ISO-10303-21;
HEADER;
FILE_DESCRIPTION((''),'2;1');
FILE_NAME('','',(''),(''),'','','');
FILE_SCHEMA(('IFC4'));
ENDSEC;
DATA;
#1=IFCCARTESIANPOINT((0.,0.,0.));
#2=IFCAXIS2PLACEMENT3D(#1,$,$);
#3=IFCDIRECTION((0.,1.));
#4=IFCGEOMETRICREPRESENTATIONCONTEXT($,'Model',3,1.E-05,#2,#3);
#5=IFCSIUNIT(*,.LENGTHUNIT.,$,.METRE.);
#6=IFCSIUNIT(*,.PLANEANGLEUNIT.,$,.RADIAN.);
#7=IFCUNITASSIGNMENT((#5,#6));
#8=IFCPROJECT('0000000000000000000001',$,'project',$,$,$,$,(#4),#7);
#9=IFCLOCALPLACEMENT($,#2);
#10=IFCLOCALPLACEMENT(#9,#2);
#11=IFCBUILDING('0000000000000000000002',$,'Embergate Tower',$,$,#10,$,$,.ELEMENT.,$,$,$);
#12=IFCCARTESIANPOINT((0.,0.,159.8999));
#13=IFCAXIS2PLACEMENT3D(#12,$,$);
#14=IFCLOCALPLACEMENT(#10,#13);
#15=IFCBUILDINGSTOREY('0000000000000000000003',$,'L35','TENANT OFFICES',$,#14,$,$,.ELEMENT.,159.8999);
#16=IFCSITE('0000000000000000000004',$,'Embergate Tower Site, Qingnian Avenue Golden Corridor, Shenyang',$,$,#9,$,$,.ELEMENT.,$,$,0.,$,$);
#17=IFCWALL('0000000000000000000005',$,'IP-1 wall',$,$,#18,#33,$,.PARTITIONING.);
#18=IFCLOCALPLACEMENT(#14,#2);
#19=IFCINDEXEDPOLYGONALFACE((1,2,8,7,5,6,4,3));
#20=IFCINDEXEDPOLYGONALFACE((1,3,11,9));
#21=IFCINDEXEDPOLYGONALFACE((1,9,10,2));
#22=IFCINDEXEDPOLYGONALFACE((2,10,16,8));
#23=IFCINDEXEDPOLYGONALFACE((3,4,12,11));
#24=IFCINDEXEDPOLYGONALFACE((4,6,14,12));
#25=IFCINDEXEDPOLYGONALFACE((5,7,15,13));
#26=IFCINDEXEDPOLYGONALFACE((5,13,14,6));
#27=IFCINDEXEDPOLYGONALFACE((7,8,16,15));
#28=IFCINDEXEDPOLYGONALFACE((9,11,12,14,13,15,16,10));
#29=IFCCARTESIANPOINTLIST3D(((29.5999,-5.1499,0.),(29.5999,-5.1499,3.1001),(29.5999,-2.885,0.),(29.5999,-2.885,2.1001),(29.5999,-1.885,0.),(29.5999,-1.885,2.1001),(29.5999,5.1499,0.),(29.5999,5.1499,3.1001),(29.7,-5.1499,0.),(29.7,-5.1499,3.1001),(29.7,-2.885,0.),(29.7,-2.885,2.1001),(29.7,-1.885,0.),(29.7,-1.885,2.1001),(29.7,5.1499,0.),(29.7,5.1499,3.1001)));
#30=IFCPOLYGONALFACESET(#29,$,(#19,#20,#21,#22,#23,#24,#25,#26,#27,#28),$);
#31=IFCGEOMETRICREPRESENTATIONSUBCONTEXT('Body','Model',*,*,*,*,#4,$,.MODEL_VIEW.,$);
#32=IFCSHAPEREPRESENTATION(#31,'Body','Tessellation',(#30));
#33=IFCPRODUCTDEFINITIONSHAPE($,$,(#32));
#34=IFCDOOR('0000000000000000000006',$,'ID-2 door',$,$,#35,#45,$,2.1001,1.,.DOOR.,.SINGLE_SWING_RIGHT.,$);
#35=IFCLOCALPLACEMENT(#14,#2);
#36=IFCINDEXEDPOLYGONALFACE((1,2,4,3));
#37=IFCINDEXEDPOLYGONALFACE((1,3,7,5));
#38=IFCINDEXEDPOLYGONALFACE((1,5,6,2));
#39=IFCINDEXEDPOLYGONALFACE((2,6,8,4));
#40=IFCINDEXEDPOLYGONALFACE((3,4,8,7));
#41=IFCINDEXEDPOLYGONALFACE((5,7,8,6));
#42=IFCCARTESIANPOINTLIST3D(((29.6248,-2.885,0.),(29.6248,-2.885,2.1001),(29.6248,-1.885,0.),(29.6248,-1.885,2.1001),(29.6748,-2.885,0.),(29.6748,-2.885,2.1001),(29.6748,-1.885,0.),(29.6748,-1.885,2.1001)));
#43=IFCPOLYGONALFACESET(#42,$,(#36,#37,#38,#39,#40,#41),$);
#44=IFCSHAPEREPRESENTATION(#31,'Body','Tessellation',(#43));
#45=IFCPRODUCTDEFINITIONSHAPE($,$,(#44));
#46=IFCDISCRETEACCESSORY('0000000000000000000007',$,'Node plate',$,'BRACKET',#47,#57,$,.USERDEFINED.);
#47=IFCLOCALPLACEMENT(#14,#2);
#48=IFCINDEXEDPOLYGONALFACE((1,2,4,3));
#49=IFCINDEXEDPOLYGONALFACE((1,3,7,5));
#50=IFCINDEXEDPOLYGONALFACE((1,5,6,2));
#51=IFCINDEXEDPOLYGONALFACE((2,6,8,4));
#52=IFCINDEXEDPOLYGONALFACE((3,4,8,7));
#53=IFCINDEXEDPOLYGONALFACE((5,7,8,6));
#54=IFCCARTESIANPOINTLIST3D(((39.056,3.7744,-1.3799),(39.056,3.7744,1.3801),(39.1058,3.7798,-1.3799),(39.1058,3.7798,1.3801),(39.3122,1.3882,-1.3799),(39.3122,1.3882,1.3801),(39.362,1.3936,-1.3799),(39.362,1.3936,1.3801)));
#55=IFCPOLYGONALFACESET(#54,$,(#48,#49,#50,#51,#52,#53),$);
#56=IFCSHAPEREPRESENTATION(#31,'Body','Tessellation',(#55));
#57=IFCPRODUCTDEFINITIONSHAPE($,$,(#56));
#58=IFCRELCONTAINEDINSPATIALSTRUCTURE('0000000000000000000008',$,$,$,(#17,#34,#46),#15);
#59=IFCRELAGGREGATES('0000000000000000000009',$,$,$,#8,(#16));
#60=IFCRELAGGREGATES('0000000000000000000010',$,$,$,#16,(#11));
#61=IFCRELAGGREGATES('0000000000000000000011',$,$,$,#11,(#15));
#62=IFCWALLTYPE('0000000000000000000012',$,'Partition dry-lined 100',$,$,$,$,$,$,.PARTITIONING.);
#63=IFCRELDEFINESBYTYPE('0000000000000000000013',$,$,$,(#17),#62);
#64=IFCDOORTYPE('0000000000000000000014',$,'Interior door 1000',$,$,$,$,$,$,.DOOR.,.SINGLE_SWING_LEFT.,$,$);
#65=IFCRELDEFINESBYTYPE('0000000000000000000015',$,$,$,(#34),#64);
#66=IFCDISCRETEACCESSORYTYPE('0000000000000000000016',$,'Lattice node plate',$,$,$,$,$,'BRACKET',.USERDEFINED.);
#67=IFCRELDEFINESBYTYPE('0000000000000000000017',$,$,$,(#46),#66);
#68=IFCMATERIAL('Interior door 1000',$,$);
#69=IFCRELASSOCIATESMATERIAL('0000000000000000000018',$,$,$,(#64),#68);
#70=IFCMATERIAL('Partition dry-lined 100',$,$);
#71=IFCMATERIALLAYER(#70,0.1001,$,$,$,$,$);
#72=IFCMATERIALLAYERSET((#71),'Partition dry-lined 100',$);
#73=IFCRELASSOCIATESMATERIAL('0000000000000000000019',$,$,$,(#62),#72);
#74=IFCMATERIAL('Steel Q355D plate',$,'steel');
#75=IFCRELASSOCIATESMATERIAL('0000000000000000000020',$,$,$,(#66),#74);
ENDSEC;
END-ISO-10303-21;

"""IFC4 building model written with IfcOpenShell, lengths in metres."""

from ifc_helpers import new_model, si_unit, direction, frame, frame_2d, origin, origin_2d, place, context, subcontext, project, spatial, rectangle, extrude, source, transform, mapped, material, layer, layer_set, type_object, element, fill, save


model = new_model("IFC4")

# Units and contexts
model_context = context("Model", 3, precision=1e-05, world=origin(), true_north=direction((0.0, 1.0)))
body_context = subcontext(model_context, "Body", "Model", "MODEL_VIEW")
ifc_project = project(units=[si_unit("LENGTHUNIT", "METRE"), si_unit("PLANEANGLEUNIT", "RADIAN")], contexts=[model_context])

# Site, building, storey
site_placement = place(None, origin())
site = spatial("IfcSite", under=ifc_project, at=site_placement, Name="Embergate Tower Site, Qingnian Avenue Golden Corridor, Shenyang", CompositionType="ELEMENT", RefElevation=0.0)
building_placement = place(site_placement, origin())
building = spatial("IfcBuilding", under=site, at=building_placement, Name="Embergate Tower", CompositionType="ELEMENT")
storey_placement = place(building_placement, frame((0.0, 0.0, 159.8999)))
storey = spatial("IfcBuildingStorey", under=building, at=storey_placement, Name="L35", Description="TENANT OFFICES", CompositionType="ELEMENT", Elevation=159.8999)

# Shared definitions
ifc_material_1 = material(Name="Interior door 1000")
door_type = type_object("IfcDoorType", Name="Interior door 1000", OperationType="SINGLE_SWING_LEFT", PredefinedType="DOOR", material=ifc_material_1)
shared_shape_1 = source(origin(), body_context, "Body", "SweptSolid", [
    extrude(rectangle(XDim=1.0, YDim=2.1001, at=frame_2d((0.5, 1.05))), frame((0.0, 0.0249, 0.0), z_axis=(0.0, -1.0, 0.0), x_axis=(1.0, 0.0, 0.0)), (0.0, 0.0, 1.0), 0.05),
])
ifc_material_2 = material(Name="Partition dry-lined 100")
ifc_layer_1 = layer(ifc_material_2, 0.1001)
ifc_layer_set_1 = layer_set([ifc_layer_1], Name="Partition dry-lined 100")
wall_type_1 = type_object("IfcWallType", Name="Partition dry-lined 100", PredefinedType="PARTITIONING", material=ifc_layer_set_1)
shared_shape_2 = source(origin(), body_context, "Body", "SweptSolid", [
    extrude(rectangle(XDim=1.0, YDim=2.1001, at=frame_2d((0.5, 1.05))), frame((0.0, 0.0601, 0.0), z_axis=(0.0, -1.0, 0.0), x_axis=(1.0, 0.0, 0.0)), (0.0, 0.0, 1.0), 0.1201),
])

# Wall, opening, door
shared_shape_3 = source(origin(), body_context, "Body", "SweptSolid", [
    extrude(rectangle(XDim=10.2998, YDim=0.1001, at=frame_2d((5.1499, 0.0))), origin(), (0.0, 0.0, 1.0), 3.1001),
])
wall_1_placement = place(storey_placement, frame((29.6499, 5.1499, 0.0), z_axis=(0.0, 0.0, 1.0), x_axis=(0.0, -1.0, 0.0)))
wall_1 = element("IfcWall", 1, at=wall_1_placement, inside=storey, type_object=wall_type_1, Name="IP-1 wall", PredefinedType="PARTITIONING", context=body_context, shape_type="MappedRepresentation", body=[
    mapped(shared_shape_3, transform((0.0, 0.0, 0.0))),
])
opening_1_placement = place(wall_1_placement, frame((7.0349, 0.0, 0.0)))
opening_1 = element("IfcOpeningElement", 2, at=opening_1_placement, cuts=wall_1, PredefinedType="OPENING", context=body_context, shape_type="MappedRepresentation", body=[
    mapped(shared_shape_2, transform((0.0, 0.0, 0.0))),
])
door_1_placement = place(opening_1_placement, origin())
door_1 = element("IfcDoor", 3, at=door_1_placement, inside=storey, type_object=door_type, Name="ID-2 door", OperationType="SINGLE_SWING_RIGHT", OverallHeight=2.1001, OverallWidth=1.0, PredefinedType="DOOR", context=body_context, shape_type="MappedRepresentation", body=[
    mapped(shared_shape_1, transform((0.0, 0.0, 0.0))),
])
fill(opening_1, door_1)

# Discrete accessory
ifc_material_3 = material(Name="Steel Q355D plate", Category="steel")
discrete_accessory_type = type_object("IfcDiscreteAccessoryType", Name="Lattice node plate", ElementType="BRACKET", PredefinedType="USERDEFINED", material=ifc_material_3)
shared_shape_4 = source(origin(), body_context, "Body", "SweptSolid", [
    extrude(rectangle(XDim=2.3999, YDim=0.05, at=origin_2d()), origin(), (0.0, 0.0, 1.0), 2.76),
])
discrete_accessory_placement = place(storey_placement, frame((39.209, 2.584, -1.3799), z_axis=(0.0, 0.0, 1.0), x_axis=(-0.10675, 0.994286, 0.0)))
element("IfcDiscreteAccessory", 4, at=discrete_accessory_placement, inside=storey, type_object=discrete_accessory_type, Name="Node plate", ObjectType="BRACKET", PredefinedType="USERDEFINED", context=body_context, shape_type="MappedRepresentation", body=[
    mapped(shared_shape_4, transform((0.0, 0.0, 0.0))),
])

save(model, "model.ifc")
